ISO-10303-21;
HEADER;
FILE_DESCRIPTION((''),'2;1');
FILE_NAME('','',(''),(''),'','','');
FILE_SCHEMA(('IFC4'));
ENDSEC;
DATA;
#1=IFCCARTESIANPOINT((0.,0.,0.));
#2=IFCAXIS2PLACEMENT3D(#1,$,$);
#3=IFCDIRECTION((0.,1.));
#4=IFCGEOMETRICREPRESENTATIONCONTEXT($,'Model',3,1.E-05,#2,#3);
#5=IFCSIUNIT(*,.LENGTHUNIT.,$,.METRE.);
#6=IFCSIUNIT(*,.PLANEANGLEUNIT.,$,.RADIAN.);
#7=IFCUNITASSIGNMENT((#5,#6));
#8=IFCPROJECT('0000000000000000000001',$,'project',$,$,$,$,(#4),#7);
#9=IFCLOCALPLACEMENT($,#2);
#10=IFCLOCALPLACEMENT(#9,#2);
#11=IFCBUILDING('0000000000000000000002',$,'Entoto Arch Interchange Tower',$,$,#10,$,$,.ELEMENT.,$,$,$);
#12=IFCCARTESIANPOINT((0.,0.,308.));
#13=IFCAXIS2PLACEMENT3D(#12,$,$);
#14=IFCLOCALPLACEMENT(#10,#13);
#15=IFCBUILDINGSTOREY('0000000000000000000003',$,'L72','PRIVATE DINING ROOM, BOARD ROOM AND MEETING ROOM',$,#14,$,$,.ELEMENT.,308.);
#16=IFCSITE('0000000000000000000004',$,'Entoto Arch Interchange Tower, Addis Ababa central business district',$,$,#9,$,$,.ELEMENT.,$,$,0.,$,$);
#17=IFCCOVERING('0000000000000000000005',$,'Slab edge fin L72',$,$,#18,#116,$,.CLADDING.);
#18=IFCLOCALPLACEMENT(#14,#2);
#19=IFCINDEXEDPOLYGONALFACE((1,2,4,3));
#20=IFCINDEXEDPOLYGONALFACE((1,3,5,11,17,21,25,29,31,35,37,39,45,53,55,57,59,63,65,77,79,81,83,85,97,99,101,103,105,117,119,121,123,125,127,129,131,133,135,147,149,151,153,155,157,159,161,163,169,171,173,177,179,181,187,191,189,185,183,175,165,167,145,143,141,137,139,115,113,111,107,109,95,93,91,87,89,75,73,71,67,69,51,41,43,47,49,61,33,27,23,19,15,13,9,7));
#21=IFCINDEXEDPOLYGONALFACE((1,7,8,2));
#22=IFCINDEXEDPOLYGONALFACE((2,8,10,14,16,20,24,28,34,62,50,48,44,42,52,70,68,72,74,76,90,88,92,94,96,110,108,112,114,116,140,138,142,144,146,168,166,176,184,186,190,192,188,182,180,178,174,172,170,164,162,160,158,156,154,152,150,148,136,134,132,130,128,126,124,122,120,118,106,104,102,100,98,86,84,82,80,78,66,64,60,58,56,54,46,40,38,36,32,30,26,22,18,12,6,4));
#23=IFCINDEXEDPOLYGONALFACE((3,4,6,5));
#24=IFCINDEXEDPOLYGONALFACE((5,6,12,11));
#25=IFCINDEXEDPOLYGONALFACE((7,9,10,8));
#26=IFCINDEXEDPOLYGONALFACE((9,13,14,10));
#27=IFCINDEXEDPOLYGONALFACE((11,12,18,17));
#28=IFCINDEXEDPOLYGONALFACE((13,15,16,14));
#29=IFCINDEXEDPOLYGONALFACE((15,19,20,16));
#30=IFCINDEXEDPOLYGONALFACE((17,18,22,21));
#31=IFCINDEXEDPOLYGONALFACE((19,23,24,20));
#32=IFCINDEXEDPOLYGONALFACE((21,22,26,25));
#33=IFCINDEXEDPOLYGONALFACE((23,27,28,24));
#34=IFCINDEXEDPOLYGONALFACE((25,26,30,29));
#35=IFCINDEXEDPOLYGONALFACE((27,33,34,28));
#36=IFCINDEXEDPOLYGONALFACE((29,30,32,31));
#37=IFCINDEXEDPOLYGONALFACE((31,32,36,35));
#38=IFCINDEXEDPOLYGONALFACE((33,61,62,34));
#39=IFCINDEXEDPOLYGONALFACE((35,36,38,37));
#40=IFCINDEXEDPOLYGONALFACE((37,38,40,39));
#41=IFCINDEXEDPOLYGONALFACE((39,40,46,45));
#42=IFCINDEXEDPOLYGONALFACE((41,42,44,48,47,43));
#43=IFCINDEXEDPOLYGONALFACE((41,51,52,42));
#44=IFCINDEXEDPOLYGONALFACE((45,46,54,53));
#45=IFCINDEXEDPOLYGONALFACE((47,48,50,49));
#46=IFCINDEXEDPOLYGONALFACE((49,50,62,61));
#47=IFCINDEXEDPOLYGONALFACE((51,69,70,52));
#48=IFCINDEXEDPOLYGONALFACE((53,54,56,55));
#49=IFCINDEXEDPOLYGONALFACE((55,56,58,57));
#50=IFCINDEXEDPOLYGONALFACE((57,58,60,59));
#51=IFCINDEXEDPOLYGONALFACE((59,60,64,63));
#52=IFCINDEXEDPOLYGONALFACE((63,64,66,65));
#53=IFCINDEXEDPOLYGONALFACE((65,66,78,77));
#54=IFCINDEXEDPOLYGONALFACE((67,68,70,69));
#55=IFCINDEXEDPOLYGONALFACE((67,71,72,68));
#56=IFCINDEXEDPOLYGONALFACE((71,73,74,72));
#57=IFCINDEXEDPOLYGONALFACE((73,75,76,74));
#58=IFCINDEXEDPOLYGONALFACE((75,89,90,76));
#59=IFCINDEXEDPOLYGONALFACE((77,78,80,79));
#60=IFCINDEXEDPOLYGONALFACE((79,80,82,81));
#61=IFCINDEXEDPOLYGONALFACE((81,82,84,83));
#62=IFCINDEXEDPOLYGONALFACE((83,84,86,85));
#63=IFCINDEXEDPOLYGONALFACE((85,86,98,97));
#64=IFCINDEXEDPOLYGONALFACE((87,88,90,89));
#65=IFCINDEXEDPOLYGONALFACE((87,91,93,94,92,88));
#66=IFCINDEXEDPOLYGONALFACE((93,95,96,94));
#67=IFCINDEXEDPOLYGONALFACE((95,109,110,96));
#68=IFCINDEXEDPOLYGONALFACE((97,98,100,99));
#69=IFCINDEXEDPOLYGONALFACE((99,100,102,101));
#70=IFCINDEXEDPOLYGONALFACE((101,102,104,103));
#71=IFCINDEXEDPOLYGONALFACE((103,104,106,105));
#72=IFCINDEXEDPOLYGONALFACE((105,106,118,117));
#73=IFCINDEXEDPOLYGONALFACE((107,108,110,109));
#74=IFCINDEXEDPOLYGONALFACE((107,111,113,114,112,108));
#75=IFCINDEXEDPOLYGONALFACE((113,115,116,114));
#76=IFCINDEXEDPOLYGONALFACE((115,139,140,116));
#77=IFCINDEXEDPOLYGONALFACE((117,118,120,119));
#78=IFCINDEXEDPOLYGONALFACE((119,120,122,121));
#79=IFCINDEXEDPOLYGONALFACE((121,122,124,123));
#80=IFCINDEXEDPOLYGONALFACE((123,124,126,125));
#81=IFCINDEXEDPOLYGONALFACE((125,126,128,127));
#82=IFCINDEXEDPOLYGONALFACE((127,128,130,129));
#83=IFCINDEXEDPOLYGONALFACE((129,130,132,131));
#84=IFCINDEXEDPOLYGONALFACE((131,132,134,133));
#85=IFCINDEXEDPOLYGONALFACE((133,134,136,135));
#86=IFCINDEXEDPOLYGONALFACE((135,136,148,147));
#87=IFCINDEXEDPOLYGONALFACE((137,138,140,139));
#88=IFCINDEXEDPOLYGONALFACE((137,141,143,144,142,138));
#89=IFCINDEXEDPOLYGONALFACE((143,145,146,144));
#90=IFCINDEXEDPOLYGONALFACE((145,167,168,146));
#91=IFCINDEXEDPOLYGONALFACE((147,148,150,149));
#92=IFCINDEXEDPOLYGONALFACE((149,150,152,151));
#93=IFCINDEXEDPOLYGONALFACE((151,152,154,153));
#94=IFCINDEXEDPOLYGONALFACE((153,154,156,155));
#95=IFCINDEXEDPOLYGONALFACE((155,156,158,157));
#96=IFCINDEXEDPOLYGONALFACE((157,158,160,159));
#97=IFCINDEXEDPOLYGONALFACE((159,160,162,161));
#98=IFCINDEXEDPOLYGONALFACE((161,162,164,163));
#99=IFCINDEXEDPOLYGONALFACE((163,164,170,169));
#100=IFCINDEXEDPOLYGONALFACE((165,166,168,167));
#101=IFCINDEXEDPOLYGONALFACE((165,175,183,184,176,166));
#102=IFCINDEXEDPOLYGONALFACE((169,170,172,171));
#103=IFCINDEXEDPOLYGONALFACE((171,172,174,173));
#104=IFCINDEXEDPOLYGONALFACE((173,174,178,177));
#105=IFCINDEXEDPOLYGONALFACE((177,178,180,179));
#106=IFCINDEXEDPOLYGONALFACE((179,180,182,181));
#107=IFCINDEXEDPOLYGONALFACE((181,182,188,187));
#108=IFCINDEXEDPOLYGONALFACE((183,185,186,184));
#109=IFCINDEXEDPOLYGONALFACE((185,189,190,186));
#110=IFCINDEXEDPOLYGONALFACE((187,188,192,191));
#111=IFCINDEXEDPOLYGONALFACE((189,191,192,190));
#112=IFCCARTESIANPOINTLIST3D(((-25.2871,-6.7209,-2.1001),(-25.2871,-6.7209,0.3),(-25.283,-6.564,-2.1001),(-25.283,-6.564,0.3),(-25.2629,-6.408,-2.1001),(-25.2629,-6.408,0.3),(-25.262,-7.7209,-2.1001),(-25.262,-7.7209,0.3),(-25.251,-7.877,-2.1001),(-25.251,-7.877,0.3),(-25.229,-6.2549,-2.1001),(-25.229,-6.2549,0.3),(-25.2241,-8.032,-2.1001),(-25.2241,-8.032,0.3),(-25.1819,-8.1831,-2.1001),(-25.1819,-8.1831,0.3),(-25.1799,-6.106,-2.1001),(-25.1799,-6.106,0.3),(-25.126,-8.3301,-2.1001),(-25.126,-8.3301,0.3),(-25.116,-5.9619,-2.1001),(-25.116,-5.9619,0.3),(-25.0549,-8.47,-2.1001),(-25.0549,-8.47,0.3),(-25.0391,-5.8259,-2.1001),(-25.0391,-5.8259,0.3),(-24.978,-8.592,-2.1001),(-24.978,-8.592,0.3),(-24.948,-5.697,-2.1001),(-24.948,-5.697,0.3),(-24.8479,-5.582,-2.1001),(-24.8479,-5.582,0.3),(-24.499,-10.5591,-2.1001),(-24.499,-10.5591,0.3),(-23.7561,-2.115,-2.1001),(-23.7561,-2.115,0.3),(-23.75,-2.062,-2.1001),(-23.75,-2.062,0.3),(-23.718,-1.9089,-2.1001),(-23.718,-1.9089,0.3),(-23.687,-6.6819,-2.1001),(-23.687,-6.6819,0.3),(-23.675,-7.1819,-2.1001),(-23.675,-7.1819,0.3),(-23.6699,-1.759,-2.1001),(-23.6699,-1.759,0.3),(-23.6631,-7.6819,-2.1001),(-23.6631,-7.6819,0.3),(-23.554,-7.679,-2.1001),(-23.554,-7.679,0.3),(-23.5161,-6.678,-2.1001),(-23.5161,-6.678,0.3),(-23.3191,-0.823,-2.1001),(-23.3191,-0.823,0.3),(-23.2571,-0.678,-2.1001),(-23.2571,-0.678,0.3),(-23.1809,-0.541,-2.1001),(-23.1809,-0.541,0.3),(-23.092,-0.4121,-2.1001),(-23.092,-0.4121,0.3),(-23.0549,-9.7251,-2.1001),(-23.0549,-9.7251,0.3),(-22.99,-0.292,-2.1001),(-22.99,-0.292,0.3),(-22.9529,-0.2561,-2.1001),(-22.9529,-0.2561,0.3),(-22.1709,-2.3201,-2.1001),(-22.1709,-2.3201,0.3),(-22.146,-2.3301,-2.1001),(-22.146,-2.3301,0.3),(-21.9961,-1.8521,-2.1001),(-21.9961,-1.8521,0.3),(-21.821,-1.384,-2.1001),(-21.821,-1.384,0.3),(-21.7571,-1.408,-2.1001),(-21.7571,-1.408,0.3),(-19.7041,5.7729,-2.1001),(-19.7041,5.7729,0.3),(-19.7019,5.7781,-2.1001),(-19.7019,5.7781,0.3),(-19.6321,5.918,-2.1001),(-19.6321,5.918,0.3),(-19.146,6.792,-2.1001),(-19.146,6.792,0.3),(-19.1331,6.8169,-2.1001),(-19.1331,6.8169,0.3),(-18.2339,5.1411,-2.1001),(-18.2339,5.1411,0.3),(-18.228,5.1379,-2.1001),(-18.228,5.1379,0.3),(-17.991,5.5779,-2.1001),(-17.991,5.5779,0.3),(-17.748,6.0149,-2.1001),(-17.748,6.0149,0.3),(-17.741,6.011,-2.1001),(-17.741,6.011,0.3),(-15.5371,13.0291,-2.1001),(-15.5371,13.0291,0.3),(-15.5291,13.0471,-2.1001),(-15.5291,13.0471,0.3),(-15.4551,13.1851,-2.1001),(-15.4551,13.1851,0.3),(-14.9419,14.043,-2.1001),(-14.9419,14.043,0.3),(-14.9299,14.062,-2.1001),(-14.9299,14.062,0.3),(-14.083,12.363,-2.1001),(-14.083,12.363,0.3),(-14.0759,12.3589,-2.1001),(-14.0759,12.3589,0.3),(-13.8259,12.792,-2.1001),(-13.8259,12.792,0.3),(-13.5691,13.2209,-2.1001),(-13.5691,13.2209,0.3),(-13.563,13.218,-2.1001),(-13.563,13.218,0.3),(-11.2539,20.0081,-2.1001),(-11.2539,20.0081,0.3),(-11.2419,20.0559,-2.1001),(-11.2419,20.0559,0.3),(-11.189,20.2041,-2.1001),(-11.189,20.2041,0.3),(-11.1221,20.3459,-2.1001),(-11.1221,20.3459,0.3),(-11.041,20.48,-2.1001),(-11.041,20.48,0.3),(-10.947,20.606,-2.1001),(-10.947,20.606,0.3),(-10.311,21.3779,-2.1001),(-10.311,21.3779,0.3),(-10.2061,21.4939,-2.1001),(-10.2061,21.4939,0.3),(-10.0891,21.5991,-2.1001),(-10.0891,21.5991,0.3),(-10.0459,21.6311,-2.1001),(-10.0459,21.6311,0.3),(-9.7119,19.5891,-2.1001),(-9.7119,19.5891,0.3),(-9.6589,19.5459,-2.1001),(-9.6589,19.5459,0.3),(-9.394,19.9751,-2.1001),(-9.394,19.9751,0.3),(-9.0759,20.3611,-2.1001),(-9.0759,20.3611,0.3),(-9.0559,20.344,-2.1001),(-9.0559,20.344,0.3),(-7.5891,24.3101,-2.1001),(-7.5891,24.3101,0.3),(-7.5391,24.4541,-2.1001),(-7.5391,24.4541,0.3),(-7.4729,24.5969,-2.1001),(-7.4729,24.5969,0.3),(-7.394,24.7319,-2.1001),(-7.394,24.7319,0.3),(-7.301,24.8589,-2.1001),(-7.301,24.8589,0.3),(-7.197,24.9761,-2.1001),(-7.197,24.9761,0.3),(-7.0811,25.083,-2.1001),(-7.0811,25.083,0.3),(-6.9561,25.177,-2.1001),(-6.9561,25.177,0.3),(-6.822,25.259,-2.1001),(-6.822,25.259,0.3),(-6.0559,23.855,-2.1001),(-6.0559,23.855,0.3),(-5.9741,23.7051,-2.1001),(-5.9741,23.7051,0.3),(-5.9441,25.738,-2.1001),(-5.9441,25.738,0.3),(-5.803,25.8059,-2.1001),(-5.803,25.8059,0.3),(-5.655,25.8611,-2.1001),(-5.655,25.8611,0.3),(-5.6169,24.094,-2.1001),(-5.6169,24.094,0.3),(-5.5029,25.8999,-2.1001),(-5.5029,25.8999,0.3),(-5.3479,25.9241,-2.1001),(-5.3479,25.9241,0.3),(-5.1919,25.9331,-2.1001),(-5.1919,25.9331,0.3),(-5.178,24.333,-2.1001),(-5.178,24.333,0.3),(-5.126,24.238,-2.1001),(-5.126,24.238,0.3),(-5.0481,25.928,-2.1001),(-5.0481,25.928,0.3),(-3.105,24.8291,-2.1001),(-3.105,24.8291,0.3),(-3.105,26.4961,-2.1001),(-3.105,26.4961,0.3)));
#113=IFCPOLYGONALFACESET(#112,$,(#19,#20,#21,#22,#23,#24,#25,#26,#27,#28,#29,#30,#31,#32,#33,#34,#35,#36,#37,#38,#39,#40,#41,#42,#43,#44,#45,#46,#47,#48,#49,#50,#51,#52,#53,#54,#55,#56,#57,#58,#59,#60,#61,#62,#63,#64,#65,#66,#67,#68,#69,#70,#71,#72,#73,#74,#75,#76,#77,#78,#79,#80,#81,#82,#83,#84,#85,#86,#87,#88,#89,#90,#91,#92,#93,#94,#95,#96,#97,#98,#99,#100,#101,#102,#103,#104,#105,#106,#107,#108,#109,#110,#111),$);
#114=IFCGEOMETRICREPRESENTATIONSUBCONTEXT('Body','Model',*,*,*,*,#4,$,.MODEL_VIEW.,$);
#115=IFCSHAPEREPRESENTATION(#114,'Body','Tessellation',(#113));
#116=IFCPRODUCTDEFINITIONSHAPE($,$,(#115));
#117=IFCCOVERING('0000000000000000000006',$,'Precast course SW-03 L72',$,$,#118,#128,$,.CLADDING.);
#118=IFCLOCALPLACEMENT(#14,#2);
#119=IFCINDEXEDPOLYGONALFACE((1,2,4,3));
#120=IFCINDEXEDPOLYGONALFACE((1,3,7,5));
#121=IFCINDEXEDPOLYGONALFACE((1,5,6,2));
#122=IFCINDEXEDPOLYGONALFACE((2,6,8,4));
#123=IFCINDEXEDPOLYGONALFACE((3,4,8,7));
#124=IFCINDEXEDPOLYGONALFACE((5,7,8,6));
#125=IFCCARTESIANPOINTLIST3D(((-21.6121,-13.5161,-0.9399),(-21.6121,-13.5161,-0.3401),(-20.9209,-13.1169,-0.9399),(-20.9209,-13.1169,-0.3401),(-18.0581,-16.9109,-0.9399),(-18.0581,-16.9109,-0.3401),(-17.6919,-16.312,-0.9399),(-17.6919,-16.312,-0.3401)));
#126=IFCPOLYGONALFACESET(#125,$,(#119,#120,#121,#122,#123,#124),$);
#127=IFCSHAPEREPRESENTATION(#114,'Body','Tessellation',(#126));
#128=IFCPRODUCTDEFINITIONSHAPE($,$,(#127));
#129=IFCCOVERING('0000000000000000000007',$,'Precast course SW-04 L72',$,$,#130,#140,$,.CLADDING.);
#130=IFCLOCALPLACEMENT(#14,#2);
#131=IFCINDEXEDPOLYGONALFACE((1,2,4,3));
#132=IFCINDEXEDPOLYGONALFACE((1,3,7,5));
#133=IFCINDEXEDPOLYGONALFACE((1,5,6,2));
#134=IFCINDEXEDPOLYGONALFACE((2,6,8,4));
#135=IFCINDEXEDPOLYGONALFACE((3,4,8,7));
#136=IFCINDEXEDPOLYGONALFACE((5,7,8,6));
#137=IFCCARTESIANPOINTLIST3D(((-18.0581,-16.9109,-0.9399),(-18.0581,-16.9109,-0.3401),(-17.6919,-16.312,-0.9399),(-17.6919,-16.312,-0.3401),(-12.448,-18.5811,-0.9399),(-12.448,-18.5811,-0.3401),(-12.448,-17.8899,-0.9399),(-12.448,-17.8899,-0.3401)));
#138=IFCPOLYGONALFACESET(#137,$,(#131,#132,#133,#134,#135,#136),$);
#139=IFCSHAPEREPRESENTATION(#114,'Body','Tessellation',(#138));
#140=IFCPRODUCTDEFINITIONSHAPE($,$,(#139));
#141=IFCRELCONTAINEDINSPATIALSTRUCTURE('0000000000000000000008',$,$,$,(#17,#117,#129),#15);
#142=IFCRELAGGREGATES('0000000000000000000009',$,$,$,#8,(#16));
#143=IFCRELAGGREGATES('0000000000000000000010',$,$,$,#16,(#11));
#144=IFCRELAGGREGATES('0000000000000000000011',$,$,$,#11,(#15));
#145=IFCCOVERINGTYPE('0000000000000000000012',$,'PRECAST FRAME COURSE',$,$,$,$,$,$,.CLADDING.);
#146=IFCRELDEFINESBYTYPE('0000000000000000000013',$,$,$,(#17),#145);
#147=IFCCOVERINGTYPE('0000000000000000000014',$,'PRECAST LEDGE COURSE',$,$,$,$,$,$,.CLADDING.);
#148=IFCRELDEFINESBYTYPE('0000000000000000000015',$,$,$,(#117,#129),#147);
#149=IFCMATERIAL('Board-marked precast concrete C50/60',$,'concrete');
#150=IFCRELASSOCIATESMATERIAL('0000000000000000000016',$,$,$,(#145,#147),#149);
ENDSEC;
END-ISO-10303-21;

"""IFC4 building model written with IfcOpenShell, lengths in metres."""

from ifc_helpers import new_model, si_unit, direction, frame, origin, place, context, subcontext, project, spatial, polyline, outline, extrude, material, type_object, element, save


model = new_model("IFC4")

# Units and contexts
model_context = context("Model", 3, precision=1e-05, world=origin(), true_north=direction((0.0, 1.0)))
body_context = subcontext(model_context, "Body", "Model", "MODEL_VIEW")
ifc_project = project(units=[si_unit("LENGTHUNIT", "METRE"), si_unit("PLANEANGLEUNIT", "RADIAN")], contexts=[model_context])

# Site, building, storey
site_placement = place(None, origin())
site = spatial("IfcSite", under=ifc_project, at=site_placement, Name="Entoto Arch Interchange Tower, Addis Ababa central business district", CompositionType="ELEMENT", RefElevation=0.0)
building_placement = place(site_placement, origin())
building = spatial("IfcBuilding", under=site, at=building_placement, Name="Entoto Arch Interchange Tower", CompositionType="ELEMENT")
storey_placement = place(building_placement, frame((0.0, 0.0, 308.0)))
storey = spatial("IfcBuildingStorey", under=building, at=storey_placement, Name="L72", Description="PRIVATE DINING ROOM, BOARD ROOM AND MEETING ROOM", CompositionType="ELEMENT", Elevation=308.0)

# Coverings
ifc_material_1 = material(Name="Board-marked precast concrete C50/60", Category="concrete")
covering_type_1 = type_object("IfcCoveringType", Name="PRECAST FRAME COURSE", PredefinedType="CLADDING", material=ifc_material_1)
covering_1_placement = place(storey_placement, frame((0.0, 0.0, -2.1001)))
element("IfcCovering", 1, at=covering_1_placement, inside=storey, type_object=covering_type_1, Name="Slab edge fin L72", PredefinedType="CLADDING", context=body_context, shape_type="SweptSolid", body=[
    extrude(outline(polyline([(-25.251, -7.877), (-25.262, -7.7209), (-25.2871, -6.7209), (-25.283, -6.564), (-25.2629, -6.408), (-25.229, -6.2549), (-25.1799, -6.106), (-25.116, -5.9619), (-25.0391, -5.8259), (-24.948, -5.697), (-24.8479, -5.582), (-23.7561, -2.115), (-23.75, -2.062), (-23.718, -1.9089), (-23.6699, -1.759), (-23.3191, -0.823), (-23.2571, -0.678), (-23.1809, -0.541), (-23.092, -0.4121), (-22.99, -0.292), (-22.9529, -0.2561), (-19.7041, 5.7729), (-19.7019, 5.7781), (-19.6321, 5.918), (-19.146, 6.792), (-19.1331, 6.8169), (-15.5371, 13.0291), (-15.5291, 13.0471), (-15.4551, 13.1851), (-14.9419, 14.043), (-14.9299, 14.062), (-11.2539, 20.0081), (-11.2419, 20.0559), (-11.189, 20.2041), (-11.1221, 20.3459), (-11.041, 20.48), (-10.947, 20.606), (-10.311, 21.3779), (-10.2061, 21.4939), (-10.0891, 21.5991), (-10.0459, 21.6311), (-7.5891, 24.3101), (-7.5391, 24.4541), (-7.4729, 24.5969), (-7.394, 24.7319), (-7.301, 24.8589), (-7.197, 24.9761), (-7.0811, 25.083), (-6.9561, 25.177), (-6.822, 25.259), (-5.9441, 25.738), (-5.803, 25.8059), (-5.655, 25.8611), (-5.5029, 25.8999), (-5.3479, 25.9241), (-5.1919, 25.9331), (-5.0481, 25.928), (-3.105, 26.4961), (-3.105, 24.8291), (-5.126, 24.238), (-5.178, 24.333), (-5.6169, 24.094), (-6.0559, 23.855), (-5.9741, 23.7051), (-9.0559, 20.344), (-9.0759, 20.3611), (-9.394, 19.9751), (-9.7119, 19.5891), (-9.6589, 19.5459), (-13.563, 13.218), (-13.5691, 13.2209), (-13.8259, 12.792), (-14.083, 12.363), (-14.0759, 12.3589), (-17.741, 6.011), (-17.748, 6.0149), (-17.991, 5.5779), (-18.2339, 5.1411), (-18.228, 5.1379), (-21.7571, -1.408), (-21.821, -1.384), (-21.9961, -1.8521), (-22.1709, -2.3201), (-22.146, -2.3301), (-23.5161, -6.678), (-23.687, -6.6819), (-23.675, -7.1819), (-23.6631, -7.6819), (-23.554, -7.679), (-23.0549, -9.7251), (-24.499, -10.5591), (-24.978, -8.592), (-25.0549, -8.47), (-25.126, -8.3301), (-25.1819, -8.1831), (-25.2241, -8.032), (-25.251, -7.877)])), origin(), (0.0, 0.0, 1.0), 2.4001),
])
covering_type_2 = type_object("IfcCoveringType", Name="PRECAST LEDGE COURSE", PredefinedType="CLADDING", material=ifc_material_1)
covering_2_placement = place(storey_placement, frame((0.0, 0.0, -0.9399)))
element("IfcCovering", 2, at=covering_2_placement, inside=storey, type_object=covering_type_2, Name="Precast course SW-03 L72", PredefinedType="CLADDING", context=body_context, shape_type="SweptSolid", body=[
    extrude(outline(polyline([(-17.6919, -16.312), (-18.0581, -16.9109), (-21.6121, -13.5161), (-20.9209, -13.1169), (-17.6919, -16.312)])), origin(), (0.0, 0.0, 1.0), 0.5999),
])
covering_3_placement = place(storey_placement, frame((0.0, 0.0, -0.9399)))
element("IfcCovering", 3, at=covering_3_placement, inside=storey, type_object=covering_type_2, Name="Precast course SW-04 L72", PredefinedType="CLADDING", context=body_context, shape_type="SweptSolid", body=[
    extrude(outline(polyline([(-12.448, -17.8899), (-12.448, -18.5811), (-18.0581, -16.9109), (-17.6919, -16.312), (-12.448, -17.8899)])), origin(), (0.0, 0.0, 1.0), 0.5999),
])

save(model, "model.ifc")
